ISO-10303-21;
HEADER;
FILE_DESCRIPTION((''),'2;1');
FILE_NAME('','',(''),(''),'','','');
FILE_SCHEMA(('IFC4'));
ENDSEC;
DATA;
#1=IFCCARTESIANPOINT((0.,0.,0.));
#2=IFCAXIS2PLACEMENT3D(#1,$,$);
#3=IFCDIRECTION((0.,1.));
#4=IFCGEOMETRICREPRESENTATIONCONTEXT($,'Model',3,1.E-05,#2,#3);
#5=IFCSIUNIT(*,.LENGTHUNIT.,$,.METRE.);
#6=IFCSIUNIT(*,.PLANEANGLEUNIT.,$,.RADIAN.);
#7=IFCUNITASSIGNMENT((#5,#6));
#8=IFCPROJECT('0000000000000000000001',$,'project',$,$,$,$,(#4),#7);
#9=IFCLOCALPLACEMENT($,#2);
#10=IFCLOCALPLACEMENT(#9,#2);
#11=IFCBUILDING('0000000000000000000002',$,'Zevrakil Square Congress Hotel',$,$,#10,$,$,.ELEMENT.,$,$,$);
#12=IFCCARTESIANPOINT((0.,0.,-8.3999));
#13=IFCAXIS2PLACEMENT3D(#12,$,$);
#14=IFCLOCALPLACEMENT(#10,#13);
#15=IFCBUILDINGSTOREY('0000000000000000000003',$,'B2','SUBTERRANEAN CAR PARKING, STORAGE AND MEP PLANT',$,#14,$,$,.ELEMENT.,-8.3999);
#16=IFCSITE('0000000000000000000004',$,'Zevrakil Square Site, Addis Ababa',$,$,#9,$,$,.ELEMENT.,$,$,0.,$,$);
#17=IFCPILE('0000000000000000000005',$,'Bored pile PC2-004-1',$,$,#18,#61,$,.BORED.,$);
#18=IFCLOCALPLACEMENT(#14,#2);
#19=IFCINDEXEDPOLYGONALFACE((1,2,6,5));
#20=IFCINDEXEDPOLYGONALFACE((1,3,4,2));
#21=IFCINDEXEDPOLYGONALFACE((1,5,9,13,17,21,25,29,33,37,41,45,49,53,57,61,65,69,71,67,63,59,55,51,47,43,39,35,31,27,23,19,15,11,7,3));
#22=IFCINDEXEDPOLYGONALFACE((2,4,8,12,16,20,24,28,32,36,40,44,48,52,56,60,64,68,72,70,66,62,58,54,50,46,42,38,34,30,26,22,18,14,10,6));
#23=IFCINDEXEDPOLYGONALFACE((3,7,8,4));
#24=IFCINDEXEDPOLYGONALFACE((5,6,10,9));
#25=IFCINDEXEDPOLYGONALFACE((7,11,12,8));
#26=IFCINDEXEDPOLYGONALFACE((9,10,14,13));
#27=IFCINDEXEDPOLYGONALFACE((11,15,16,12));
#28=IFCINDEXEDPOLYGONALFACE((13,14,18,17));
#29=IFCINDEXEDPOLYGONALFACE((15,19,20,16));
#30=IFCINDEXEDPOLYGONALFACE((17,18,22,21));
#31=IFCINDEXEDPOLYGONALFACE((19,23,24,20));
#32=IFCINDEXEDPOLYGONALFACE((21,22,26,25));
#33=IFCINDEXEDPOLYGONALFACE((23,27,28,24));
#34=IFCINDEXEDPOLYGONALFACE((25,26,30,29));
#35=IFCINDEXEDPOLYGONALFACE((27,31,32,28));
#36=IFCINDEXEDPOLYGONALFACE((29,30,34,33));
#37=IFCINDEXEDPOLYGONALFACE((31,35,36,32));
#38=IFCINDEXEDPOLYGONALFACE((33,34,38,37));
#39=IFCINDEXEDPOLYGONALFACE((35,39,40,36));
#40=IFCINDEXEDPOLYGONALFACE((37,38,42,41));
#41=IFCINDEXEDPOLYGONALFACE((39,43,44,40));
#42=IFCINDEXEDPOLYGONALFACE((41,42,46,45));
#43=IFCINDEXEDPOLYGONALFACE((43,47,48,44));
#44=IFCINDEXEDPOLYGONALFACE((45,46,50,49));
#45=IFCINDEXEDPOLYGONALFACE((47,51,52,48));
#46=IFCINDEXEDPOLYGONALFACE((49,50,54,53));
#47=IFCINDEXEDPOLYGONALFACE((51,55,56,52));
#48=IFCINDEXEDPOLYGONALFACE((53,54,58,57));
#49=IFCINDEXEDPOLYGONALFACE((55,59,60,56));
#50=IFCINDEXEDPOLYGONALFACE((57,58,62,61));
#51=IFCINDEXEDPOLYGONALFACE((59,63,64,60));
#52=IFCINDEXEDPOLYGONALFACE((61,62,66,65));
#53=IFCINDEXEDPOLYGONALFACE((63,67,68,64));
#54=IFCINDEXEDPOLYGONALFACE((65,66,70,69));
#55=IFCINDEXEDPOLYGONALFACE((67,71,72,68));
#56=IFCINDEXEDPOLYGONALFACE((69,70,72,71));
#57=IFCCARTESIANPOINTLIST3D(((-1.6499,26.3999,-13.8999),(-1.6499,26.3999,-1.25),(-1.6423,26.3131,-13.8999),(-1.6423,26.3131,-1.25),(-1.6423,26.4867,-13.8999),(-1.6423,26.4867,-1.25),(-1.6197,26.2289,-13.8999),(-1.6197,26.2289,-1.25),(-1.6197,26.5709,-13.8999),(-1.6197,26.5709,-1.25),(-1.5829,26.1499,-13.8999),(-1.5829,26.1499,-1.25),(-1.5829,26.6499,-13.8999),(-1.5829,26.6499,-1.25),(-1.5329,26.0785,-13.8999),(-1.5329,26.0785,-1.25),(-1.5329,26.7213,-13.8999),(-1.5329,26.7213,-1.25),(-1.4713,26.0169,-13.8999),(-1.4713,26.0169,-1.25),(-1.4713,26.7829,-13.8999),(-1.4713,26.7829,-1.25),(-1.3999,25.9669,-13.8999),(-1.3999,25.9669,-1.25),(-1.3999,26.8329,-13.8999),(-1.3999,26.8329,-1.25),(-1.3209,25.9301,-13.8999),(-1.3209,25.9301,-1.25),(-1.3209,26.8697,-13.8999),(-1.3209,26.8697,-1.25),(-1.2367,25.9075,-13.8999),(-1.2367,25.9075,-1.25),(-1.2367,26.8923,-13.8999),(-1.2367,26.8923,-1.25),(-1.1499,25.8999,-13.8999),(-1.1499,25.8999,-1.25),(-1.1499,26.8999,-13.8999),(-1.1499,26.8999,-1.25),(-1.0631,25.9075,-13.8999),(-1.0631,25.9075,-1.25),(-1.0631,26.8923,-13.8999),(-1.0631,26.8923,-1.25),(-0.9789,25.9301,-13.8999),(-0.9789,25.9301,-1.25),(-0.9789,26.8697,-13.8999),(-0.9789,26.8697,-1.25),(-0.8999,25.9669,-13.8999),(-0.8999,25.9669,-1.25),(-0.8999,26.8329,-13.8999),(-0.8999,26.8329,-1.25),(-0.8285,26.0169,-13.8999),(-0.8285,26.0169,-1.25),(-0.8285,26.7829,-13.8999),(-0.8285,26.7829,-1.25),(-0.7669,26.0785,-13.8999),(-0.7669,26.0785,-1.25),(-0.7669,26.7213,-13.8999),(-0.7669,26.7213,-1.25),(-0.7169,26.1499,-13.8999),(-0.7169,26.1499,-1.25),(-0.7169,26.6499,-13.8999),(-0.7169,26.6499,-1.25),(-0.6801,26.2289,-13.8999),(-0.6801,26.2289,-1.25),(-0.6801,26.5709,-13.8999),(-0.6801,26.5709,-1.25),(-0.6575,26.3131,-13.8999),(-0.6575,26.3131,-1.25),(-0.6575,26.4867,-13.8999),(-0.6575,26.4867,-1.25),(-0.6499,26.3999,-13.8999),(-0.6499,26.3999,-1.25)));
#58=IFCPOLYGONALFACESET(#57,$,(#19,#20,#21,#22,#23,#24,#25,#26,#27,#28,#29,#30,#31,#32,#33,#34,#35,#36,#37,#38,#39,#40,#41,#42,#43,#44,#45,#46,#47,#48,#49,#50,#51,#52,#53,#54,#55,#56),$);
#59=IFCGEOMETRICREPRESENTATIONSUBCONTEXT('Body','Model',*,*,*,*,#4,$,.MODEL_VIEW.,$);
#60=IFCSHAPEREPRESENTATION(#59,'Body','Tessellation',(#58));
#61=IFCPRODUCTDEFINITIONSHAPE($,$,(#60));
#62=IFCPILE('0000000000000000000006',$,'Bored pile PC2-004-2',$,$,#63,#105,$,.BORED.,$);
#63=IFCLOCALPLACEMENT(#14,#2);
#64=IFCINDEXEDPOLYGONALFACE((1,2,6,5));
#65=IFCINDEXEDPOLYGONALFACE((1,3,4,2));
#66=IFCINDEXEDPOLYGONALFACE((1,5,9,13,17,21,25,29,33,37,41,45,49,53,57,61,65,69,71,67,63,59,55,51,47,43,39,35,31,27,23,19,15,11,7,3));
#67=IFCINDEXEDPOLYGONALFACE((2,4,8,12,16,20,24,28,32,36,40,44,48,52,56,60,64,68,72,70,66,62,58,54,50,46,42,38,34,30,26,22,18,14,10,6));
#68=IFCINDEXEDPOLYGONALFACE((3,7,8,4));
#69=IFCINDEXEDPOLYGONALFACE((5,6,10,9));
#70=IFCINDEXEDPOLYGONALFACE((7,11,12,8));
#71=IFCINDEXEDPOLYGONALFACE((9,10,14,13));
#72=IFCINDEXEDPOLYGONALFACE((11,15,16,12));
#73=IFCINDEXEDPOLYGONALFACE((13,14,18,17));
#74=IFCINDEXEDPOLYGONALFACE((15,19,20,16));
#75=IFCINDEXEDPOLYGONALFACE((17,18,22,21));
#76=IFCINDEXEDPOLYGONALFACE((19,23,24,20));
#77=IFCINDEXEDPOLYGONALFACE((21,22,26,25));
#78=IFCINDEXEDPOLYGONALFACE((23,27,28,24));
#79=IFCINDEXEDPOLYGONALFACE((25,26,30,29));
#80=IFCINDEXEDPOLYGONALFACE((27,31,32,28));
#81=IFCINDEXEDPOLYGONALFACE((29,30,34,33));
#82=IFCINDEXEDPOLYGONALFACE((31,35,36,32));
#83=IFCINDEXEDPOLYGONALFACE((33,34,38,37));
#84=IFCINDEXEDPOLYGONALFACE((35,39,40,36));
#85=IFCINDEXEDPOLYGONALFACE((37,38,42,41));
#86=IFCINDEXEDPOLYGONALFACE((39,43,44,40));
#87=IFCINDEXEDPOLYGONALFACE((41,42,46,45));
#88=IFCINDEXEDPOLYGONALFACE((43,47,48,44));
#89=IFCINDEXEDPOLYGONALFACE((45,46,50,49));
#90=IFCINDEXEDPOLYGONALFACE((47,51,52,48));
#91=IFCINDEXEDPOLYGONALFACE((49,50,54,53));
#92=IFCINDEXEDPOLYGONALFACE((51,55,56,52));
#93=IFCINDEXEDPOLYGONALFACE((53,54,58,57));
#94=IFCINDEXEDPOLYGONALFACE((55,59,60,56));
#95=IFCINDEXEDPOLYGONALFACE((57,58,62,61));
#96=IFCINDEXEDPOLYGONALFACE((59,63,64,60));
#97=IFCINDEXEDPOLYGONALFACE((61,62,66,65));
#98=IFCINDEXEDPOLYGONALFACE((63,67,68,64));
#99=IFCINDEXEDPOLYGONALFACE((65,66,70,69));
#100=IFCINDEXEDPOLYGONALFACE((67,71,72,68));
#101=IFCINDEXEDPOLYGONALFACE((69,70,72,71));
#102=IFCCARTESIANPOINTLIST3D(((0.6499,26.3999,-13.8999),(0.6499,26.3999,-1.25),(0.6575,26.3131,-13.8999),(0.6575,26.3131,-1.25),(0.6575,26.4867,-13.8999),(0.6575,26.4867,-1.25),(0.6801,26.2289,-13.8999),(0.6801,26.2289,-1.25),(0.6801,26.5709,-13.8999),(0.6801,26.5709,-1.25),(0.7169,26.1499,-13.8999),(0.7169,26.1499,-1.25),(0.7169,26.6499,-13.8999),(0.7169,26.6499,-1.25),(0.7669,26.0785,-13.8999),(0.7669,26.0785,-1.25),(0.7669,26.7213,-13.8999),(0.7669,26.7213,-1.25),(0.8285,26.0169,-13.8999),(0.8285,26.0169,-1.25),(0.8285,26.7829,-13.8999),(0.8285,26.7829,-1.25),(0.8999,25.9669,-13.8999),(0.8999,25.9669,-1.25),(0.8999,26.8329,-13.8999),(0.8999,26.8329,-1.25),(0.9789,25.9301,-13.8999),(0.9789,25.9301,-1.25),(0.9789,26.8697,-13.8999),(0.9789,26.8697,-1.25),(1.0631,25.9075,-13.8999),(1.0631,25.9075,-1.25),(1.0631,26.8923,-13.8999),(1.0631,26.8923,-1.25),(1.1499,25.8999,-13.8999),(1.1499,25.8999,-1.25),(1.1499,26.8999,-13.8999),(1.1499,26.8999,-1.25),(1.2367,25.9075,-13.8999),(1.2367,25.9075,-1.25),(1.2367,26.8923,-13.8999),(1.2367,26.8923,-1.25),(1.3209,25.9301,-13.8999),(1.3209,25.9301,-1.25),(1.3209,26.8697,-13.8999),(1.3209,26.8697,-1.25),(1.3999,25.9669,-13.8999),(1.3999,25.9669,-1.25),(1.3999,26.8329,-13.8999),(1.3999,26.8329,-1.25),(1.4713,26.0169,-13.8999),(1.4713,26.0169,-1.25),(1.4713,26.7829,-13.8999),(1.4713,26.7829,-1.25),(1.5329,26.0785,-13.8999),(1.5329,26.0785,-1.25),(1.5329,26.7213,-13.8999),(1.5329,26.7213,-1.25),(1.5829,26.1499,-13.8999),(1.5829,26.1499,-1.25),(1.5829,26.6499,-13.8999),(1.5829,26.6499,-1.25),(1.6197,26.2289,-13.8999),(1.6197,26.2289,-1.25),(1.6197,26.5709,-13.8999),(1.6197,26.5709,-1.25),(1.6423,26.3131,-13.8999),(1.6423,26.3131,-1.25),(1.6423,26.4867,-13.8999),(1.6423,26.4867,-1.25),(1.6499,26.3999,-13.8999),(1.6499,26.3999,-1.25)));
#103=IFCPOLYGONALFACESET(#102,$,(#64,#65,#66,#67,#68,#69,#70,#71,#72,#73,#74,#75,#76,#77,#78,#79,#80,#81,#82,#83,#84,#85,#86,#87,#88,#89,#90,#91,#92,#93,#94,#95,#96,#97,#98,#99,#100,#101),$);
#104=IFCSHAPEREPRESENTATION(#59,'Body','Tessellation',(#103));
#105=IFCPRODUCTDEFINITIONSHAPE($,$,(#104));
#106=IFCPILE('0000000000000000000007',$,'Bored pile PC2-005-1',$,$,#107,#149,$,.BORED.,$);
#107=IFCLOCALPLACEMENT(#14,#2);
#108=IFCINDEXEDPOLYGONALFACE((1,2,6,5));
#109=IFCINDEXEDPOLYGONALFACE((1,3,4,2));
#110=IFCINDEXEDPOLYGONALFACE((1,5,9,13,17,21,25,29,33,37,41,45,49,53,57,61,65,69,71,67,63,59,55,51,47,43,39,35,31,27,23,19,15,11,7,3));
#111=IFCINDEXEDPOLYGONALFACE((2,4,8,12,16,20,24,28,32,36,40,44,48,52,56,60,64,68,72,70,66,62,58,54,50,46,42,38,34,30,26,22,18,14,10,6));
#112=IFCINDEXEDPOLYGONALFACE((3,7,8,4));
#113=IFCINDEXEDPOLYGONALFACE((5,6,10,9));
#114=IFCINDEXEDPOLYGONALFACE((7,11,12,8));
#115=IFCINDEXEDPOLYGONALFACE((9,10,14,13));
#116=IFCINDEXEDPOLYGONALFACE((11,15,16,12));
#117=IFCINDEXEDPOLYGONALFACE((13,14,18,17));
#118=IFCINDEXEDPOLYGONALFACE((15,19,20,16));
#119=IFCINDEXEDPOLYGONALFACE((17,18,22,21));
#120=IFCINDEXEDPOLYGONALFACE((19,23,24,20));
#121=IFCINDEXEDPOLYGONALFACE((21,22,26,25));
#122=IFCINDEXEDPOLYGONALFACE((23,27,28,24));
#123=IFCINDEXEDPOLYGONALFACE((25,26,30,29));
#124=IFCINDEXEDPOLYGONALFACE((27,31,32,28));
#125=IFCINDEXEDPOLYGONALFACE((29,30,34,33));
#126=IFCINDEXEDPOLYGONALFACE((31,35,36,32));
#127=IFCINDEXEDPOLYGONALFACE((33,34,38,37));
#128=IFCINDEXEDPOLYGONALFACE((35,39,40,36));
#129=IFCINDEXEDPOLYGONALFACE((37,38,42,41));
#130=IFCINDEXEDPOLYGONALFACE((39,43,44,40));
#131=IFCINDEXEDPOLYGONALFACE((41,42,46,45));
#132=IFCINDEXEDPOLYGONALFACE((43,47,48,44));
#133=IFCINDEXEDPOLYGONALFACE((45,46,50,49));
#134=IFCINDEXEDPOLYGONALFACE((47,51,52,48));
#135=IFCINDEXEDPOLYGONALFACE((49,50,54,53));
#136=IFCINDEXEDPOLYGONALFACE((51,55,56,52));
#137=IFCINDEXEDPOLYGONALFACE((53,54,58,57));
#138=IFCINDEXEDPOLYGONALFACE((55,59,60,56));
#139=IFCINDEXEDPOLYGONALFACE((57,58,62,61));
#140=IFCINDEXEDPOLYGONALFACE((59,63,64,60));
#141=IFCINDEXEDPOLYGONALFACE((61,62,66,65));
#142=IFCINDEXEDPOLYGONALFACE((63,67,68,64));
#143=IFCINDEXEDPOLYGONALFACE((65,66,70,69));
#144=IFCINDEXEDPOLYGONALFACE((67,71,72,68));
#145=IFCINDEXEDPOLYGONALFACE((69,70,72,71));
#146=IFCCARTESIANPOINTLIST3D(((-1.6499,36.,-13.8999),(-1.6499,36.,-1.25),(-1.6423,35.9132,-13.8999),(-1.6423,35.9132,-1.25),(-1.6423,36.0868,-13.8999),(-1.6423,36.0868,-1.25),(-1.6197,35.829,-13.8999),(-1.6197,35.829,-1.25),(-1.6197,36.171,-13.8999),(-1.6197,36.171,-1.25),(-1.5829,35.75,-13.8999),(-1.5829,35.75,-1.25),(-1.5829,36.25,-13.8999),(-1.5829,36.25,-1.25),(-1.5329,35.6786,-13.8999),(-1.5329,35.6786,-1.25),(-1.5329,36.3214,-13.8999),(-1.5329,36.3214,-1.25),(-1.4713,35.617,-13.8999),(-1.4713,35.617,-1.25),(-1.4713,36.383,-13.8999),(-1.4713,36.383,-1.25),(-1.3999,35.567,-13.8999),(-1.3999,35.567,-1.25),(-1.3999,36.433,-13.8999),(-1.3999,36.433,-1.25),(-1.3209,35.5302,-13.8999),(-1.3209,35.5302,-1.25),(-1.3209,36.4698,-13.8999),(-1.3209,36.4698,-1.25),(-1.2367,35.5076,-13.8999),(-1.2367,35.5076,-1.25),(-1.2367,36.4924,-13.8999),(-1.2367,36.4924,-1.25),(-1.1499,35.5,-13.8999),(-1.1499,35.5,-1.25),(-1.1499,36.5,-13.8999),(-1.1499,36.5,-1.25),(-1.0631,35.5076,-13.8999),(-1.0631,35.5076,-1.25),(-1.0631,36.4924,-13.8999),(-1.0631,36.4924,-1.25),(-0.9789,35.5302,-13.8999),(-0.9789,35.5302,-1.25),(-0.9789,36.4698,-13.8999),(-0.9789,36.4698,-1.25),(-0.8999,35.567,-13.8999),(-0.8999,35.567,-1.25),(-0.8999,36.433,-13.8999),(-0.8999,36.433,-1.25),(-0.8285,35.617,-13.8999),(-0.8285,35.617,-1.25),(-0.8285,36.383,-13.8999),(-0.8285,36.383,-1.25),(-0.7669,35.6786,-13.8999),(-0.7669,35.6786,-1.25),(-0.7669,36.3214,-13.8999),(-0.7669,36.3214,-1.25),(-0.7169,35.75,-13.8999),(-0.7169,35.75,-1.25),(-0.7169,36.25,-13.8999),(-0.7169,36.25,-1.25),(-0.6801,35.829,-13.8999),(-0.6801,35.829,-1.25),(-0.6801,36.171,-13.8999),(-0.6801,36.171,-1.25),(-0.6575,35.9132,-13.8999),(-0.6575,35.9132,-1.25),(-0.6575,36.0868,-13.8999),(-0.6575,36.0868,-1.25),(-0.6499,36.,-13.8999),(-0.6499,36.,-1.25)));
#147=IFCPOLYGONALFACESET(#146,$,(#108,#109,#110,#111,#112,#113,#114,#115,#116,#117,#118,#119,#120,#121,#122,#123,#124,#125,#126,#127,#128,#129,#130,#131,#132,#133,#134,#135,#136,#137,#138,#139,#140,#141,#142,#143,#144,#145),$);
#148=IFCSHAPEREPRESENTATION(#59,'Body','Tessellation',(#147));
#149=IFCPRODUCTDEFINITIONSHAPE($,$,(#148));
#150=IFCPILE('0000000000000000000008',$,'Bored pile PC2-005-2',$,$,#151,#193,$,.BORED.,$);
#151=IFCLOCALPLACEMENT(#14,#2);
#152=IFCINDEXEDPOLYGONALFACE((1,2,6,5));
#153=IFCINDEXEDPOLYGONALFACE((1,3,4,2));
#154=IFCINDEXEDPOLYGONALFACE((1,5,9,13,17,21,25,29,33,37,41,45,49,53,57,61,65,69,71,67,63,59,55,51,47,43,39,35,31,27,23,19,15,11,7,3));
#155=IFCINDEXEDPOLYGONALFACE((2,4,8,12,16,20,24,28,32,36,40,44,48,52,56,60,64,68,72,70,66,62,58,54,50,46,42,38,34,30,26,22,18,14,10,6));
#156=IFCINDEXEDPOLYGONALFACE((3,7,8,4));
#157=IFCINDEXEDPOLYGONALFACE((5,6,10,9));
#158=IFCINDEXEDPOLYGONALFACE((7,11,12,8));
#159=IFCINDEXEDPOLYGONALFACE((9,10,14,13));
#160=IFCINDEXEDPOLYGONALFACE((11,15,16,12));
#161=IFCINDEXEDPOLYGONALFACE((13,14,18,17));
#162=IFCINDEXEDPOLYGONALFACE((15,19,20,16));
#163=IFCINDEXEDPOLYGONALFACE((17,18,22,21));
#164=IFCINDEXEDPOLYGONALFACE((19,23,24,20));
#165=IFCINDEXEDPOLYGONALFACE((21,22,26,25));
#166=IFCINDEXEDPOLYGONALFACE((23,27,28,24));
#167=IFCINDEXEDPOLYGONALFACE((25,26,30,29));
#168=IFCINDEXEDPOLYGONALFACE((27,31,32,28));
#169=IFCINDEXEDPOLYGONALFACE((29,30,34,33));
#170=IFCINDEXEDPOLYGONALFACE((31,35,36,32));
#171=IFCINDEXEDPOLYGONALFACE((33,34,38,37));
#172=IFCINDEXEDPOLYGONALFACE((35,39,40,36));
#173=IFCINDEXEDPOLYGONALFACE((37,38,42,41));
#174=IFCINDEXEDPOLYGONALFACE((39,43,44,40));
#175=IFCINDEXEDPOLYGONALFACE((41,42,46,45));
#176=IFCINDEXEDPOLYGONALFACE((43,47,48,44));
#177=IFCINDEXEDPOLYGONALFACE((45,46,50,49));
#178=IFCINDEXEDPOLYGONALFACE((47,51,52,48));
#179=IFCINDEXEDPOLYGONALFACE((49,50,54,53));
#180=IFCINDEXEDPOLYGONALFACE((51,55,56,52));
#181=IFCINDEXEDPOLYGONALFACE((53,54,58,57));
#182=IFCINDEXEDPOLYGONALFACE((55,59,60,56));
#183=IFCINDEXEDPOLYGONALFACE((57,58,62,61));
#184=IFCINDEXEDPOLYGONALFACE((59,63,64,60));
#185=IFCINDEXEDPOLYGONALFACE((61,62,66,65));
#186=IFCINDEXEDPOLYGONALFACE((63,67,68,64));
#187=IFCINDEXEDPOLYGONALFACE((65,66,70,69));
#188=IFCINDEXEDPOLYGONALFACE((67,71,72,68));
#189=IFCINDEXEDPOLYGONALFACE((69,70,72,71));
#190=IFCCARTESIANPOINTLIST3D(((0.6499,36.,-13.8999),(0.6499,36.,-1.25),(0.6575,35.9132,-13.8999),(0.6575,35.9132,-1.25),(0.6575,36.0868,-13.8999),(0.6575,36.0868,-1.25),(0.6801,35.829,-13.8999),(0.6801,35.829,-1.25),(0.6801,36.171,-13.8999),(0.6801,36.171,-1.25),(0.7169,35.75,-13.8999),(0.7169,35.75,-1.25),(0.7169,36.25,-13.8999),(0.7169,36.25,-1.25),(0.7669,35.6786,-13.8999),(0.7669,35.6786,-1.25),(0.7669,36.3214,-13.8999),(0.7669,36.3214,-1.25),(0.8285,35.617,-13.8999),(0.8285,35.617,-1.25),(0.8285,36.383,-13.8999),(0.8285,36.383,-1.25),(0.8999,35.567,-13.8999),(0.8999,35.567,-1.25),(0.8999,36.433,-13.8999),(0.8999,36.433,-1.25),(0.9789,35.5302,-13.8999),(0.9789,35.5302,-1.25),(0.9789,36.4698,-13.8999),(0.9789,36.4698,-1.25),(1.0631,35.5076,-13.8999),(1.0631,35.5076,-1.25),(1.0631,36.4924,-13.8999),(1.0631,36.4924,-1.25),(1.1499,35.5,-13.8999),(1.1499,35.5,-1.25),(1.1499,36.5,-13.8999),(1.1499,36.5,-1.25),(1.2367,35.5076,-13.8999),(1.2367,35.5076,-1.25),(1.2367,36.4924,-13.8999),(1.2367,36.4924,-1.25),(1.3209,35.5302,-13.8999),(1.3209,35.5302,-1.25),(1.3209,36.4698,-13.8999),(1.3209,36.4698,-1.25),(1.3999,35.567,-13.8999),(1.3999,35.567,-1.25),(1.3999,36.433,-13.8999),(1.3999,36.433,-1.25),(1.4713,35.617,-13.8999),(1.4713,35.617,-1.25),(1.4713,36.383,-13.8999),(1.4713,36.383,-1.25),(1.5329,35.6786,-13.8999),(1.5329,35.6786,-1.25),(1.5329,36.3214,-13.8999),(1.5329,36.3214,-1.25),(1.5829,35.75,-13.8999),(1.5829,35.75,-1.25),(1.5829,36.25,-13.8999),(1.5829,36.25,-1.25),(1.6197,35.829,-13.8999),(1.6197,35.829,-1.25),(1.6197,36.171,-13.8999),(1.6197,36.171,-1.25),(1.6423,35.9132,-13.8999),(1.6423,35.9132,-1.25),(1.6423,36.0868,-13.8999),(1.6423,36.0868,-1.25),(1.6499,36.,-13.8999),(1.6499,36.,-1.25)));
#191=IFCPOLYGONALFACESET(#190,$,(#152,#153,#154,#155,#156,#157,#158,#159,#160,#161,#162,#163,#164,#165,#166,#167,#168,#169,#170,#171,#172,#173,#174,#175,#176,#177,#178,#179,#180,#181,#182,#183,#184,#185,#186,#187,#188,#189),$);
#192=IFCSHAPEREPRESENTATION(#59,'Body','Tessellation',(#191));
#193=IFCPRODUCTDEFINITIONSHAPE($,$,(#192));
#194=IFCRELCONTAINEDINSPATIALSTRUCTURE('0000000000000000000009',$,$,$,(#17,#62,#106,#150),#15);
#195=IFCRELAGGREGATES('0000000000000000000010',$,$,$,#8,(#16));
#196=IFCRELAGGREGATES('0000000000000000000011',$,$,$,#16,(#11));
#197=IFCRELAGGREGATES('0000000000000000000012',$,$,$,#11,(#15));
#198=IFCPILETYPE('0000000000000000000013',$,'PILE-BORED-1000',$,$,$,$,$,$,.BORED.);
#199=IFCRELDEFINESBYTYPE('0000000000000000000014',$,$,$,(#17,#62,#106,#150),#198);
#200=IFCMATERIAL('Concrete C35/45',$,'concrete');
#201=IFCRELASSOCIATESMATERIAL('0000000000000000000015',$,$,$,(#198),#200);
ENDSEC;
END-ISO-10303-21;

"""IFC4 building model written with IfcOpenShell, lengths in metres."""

from ifc_helpers import new_model, si_unit, direction, frame, origin, origin_2d, place, context, subcontext, project, spatial, circle, extrude, material, material_profile, profile_set, type_object, element, save


model = new_model("IFC4")

# Units and contexts
model_context = context("Model", 3, precision=1e-05, world=origin(), true_north=direction((0.0, 1.0)))
body_context = subcontext(model_context, "Body", "Model", "MODEL_VIEW")
ifc_project = project(units=[si_unit("LENGTHUNIT", "METRE"), si_unit("PLANEANGLEUNIT", "RADIAN")], contexts=[model_context])

# Site, building, storey
site_placement = place(None, origin())
site = spatial("IfcSite", under=ifc_project, at=site_placement, Name="Zevrakil Square Site, Addis Ababa", CompositionType="ELEMENT", RefElevation=0.0)
building_placement = place(site_placement, origin())
building = spatial("IfcBuilding", under=site, at=building_placement, Name="Zevrakil Square Congress Hotel", CompositionType="ELEMENT")
storey_placement = place(building_placement, frame((0.0, 0.0, -8.3999)))
storey = spatial("IfcBuildingStorey", under=building, at=storey_placement, Name="B2", Description="SUBTERRANEAN CAR PARKING, STORAGE AND MEP PLANT", CompositionType="ELEMENT", Elevation=-8.3999)

# Piles
ifc_material_1 = material(Name="Concrete C35/45", Category="concrete")
ifc_material_profile_1 = material_profile(ifc_material_1, circle(Radius=0.5, at=origin_2d()), Name="PILE D1000")
ifc_profile_set_1 = profile_set([ifc_material_profile_1], Name="Concrete C35/45")
pile_type = type_object("IfcPileType", Name="PILE-BORED-1000", PredefinedType="BORED", material=ifc_profile_set_1)
for number, where, z_axis, x_axis, name in (
    (1, (-1.1499, 26.3999, -1.25), (0.0, 0.0, -1.0), (1.0, 0.0, 0.0), "Bored pile PC2-004-1"),
    (2, (1.1499, 26.3999, -1.25), (0.0, 0.0, -1.0), (1.0, 0.0, 0.0), "Bored pile PC2-004-2"),
    (3, (-1.1499, 36.0, -1.25), (0.0, 0.0, -1.0), (1.0, 0.0, 0.0), "Bored pile PC2-005-1"),
    (4, (1.1499, 36.0, -1.25), (0.0, 0.0, -1.0), (1.0, 0.0, 0.0), "Bored pile PC2-005-2"),
):
    element("IfcPile", number, at=place(storey_placement, frame(where, z_axis=z_axis, x_axis=x_axis)), inside=storey, type_object=pile_type, Name=name, PredefinedType="BORED", context=body_context, shape_type="SweptSolid", body=[
        extrude(circle(Radius=0.5, at=origin_2d()), origin(), (0.0, 0.0, 1.0), 12.6499),
    ])

save(model, "model.ifc")
